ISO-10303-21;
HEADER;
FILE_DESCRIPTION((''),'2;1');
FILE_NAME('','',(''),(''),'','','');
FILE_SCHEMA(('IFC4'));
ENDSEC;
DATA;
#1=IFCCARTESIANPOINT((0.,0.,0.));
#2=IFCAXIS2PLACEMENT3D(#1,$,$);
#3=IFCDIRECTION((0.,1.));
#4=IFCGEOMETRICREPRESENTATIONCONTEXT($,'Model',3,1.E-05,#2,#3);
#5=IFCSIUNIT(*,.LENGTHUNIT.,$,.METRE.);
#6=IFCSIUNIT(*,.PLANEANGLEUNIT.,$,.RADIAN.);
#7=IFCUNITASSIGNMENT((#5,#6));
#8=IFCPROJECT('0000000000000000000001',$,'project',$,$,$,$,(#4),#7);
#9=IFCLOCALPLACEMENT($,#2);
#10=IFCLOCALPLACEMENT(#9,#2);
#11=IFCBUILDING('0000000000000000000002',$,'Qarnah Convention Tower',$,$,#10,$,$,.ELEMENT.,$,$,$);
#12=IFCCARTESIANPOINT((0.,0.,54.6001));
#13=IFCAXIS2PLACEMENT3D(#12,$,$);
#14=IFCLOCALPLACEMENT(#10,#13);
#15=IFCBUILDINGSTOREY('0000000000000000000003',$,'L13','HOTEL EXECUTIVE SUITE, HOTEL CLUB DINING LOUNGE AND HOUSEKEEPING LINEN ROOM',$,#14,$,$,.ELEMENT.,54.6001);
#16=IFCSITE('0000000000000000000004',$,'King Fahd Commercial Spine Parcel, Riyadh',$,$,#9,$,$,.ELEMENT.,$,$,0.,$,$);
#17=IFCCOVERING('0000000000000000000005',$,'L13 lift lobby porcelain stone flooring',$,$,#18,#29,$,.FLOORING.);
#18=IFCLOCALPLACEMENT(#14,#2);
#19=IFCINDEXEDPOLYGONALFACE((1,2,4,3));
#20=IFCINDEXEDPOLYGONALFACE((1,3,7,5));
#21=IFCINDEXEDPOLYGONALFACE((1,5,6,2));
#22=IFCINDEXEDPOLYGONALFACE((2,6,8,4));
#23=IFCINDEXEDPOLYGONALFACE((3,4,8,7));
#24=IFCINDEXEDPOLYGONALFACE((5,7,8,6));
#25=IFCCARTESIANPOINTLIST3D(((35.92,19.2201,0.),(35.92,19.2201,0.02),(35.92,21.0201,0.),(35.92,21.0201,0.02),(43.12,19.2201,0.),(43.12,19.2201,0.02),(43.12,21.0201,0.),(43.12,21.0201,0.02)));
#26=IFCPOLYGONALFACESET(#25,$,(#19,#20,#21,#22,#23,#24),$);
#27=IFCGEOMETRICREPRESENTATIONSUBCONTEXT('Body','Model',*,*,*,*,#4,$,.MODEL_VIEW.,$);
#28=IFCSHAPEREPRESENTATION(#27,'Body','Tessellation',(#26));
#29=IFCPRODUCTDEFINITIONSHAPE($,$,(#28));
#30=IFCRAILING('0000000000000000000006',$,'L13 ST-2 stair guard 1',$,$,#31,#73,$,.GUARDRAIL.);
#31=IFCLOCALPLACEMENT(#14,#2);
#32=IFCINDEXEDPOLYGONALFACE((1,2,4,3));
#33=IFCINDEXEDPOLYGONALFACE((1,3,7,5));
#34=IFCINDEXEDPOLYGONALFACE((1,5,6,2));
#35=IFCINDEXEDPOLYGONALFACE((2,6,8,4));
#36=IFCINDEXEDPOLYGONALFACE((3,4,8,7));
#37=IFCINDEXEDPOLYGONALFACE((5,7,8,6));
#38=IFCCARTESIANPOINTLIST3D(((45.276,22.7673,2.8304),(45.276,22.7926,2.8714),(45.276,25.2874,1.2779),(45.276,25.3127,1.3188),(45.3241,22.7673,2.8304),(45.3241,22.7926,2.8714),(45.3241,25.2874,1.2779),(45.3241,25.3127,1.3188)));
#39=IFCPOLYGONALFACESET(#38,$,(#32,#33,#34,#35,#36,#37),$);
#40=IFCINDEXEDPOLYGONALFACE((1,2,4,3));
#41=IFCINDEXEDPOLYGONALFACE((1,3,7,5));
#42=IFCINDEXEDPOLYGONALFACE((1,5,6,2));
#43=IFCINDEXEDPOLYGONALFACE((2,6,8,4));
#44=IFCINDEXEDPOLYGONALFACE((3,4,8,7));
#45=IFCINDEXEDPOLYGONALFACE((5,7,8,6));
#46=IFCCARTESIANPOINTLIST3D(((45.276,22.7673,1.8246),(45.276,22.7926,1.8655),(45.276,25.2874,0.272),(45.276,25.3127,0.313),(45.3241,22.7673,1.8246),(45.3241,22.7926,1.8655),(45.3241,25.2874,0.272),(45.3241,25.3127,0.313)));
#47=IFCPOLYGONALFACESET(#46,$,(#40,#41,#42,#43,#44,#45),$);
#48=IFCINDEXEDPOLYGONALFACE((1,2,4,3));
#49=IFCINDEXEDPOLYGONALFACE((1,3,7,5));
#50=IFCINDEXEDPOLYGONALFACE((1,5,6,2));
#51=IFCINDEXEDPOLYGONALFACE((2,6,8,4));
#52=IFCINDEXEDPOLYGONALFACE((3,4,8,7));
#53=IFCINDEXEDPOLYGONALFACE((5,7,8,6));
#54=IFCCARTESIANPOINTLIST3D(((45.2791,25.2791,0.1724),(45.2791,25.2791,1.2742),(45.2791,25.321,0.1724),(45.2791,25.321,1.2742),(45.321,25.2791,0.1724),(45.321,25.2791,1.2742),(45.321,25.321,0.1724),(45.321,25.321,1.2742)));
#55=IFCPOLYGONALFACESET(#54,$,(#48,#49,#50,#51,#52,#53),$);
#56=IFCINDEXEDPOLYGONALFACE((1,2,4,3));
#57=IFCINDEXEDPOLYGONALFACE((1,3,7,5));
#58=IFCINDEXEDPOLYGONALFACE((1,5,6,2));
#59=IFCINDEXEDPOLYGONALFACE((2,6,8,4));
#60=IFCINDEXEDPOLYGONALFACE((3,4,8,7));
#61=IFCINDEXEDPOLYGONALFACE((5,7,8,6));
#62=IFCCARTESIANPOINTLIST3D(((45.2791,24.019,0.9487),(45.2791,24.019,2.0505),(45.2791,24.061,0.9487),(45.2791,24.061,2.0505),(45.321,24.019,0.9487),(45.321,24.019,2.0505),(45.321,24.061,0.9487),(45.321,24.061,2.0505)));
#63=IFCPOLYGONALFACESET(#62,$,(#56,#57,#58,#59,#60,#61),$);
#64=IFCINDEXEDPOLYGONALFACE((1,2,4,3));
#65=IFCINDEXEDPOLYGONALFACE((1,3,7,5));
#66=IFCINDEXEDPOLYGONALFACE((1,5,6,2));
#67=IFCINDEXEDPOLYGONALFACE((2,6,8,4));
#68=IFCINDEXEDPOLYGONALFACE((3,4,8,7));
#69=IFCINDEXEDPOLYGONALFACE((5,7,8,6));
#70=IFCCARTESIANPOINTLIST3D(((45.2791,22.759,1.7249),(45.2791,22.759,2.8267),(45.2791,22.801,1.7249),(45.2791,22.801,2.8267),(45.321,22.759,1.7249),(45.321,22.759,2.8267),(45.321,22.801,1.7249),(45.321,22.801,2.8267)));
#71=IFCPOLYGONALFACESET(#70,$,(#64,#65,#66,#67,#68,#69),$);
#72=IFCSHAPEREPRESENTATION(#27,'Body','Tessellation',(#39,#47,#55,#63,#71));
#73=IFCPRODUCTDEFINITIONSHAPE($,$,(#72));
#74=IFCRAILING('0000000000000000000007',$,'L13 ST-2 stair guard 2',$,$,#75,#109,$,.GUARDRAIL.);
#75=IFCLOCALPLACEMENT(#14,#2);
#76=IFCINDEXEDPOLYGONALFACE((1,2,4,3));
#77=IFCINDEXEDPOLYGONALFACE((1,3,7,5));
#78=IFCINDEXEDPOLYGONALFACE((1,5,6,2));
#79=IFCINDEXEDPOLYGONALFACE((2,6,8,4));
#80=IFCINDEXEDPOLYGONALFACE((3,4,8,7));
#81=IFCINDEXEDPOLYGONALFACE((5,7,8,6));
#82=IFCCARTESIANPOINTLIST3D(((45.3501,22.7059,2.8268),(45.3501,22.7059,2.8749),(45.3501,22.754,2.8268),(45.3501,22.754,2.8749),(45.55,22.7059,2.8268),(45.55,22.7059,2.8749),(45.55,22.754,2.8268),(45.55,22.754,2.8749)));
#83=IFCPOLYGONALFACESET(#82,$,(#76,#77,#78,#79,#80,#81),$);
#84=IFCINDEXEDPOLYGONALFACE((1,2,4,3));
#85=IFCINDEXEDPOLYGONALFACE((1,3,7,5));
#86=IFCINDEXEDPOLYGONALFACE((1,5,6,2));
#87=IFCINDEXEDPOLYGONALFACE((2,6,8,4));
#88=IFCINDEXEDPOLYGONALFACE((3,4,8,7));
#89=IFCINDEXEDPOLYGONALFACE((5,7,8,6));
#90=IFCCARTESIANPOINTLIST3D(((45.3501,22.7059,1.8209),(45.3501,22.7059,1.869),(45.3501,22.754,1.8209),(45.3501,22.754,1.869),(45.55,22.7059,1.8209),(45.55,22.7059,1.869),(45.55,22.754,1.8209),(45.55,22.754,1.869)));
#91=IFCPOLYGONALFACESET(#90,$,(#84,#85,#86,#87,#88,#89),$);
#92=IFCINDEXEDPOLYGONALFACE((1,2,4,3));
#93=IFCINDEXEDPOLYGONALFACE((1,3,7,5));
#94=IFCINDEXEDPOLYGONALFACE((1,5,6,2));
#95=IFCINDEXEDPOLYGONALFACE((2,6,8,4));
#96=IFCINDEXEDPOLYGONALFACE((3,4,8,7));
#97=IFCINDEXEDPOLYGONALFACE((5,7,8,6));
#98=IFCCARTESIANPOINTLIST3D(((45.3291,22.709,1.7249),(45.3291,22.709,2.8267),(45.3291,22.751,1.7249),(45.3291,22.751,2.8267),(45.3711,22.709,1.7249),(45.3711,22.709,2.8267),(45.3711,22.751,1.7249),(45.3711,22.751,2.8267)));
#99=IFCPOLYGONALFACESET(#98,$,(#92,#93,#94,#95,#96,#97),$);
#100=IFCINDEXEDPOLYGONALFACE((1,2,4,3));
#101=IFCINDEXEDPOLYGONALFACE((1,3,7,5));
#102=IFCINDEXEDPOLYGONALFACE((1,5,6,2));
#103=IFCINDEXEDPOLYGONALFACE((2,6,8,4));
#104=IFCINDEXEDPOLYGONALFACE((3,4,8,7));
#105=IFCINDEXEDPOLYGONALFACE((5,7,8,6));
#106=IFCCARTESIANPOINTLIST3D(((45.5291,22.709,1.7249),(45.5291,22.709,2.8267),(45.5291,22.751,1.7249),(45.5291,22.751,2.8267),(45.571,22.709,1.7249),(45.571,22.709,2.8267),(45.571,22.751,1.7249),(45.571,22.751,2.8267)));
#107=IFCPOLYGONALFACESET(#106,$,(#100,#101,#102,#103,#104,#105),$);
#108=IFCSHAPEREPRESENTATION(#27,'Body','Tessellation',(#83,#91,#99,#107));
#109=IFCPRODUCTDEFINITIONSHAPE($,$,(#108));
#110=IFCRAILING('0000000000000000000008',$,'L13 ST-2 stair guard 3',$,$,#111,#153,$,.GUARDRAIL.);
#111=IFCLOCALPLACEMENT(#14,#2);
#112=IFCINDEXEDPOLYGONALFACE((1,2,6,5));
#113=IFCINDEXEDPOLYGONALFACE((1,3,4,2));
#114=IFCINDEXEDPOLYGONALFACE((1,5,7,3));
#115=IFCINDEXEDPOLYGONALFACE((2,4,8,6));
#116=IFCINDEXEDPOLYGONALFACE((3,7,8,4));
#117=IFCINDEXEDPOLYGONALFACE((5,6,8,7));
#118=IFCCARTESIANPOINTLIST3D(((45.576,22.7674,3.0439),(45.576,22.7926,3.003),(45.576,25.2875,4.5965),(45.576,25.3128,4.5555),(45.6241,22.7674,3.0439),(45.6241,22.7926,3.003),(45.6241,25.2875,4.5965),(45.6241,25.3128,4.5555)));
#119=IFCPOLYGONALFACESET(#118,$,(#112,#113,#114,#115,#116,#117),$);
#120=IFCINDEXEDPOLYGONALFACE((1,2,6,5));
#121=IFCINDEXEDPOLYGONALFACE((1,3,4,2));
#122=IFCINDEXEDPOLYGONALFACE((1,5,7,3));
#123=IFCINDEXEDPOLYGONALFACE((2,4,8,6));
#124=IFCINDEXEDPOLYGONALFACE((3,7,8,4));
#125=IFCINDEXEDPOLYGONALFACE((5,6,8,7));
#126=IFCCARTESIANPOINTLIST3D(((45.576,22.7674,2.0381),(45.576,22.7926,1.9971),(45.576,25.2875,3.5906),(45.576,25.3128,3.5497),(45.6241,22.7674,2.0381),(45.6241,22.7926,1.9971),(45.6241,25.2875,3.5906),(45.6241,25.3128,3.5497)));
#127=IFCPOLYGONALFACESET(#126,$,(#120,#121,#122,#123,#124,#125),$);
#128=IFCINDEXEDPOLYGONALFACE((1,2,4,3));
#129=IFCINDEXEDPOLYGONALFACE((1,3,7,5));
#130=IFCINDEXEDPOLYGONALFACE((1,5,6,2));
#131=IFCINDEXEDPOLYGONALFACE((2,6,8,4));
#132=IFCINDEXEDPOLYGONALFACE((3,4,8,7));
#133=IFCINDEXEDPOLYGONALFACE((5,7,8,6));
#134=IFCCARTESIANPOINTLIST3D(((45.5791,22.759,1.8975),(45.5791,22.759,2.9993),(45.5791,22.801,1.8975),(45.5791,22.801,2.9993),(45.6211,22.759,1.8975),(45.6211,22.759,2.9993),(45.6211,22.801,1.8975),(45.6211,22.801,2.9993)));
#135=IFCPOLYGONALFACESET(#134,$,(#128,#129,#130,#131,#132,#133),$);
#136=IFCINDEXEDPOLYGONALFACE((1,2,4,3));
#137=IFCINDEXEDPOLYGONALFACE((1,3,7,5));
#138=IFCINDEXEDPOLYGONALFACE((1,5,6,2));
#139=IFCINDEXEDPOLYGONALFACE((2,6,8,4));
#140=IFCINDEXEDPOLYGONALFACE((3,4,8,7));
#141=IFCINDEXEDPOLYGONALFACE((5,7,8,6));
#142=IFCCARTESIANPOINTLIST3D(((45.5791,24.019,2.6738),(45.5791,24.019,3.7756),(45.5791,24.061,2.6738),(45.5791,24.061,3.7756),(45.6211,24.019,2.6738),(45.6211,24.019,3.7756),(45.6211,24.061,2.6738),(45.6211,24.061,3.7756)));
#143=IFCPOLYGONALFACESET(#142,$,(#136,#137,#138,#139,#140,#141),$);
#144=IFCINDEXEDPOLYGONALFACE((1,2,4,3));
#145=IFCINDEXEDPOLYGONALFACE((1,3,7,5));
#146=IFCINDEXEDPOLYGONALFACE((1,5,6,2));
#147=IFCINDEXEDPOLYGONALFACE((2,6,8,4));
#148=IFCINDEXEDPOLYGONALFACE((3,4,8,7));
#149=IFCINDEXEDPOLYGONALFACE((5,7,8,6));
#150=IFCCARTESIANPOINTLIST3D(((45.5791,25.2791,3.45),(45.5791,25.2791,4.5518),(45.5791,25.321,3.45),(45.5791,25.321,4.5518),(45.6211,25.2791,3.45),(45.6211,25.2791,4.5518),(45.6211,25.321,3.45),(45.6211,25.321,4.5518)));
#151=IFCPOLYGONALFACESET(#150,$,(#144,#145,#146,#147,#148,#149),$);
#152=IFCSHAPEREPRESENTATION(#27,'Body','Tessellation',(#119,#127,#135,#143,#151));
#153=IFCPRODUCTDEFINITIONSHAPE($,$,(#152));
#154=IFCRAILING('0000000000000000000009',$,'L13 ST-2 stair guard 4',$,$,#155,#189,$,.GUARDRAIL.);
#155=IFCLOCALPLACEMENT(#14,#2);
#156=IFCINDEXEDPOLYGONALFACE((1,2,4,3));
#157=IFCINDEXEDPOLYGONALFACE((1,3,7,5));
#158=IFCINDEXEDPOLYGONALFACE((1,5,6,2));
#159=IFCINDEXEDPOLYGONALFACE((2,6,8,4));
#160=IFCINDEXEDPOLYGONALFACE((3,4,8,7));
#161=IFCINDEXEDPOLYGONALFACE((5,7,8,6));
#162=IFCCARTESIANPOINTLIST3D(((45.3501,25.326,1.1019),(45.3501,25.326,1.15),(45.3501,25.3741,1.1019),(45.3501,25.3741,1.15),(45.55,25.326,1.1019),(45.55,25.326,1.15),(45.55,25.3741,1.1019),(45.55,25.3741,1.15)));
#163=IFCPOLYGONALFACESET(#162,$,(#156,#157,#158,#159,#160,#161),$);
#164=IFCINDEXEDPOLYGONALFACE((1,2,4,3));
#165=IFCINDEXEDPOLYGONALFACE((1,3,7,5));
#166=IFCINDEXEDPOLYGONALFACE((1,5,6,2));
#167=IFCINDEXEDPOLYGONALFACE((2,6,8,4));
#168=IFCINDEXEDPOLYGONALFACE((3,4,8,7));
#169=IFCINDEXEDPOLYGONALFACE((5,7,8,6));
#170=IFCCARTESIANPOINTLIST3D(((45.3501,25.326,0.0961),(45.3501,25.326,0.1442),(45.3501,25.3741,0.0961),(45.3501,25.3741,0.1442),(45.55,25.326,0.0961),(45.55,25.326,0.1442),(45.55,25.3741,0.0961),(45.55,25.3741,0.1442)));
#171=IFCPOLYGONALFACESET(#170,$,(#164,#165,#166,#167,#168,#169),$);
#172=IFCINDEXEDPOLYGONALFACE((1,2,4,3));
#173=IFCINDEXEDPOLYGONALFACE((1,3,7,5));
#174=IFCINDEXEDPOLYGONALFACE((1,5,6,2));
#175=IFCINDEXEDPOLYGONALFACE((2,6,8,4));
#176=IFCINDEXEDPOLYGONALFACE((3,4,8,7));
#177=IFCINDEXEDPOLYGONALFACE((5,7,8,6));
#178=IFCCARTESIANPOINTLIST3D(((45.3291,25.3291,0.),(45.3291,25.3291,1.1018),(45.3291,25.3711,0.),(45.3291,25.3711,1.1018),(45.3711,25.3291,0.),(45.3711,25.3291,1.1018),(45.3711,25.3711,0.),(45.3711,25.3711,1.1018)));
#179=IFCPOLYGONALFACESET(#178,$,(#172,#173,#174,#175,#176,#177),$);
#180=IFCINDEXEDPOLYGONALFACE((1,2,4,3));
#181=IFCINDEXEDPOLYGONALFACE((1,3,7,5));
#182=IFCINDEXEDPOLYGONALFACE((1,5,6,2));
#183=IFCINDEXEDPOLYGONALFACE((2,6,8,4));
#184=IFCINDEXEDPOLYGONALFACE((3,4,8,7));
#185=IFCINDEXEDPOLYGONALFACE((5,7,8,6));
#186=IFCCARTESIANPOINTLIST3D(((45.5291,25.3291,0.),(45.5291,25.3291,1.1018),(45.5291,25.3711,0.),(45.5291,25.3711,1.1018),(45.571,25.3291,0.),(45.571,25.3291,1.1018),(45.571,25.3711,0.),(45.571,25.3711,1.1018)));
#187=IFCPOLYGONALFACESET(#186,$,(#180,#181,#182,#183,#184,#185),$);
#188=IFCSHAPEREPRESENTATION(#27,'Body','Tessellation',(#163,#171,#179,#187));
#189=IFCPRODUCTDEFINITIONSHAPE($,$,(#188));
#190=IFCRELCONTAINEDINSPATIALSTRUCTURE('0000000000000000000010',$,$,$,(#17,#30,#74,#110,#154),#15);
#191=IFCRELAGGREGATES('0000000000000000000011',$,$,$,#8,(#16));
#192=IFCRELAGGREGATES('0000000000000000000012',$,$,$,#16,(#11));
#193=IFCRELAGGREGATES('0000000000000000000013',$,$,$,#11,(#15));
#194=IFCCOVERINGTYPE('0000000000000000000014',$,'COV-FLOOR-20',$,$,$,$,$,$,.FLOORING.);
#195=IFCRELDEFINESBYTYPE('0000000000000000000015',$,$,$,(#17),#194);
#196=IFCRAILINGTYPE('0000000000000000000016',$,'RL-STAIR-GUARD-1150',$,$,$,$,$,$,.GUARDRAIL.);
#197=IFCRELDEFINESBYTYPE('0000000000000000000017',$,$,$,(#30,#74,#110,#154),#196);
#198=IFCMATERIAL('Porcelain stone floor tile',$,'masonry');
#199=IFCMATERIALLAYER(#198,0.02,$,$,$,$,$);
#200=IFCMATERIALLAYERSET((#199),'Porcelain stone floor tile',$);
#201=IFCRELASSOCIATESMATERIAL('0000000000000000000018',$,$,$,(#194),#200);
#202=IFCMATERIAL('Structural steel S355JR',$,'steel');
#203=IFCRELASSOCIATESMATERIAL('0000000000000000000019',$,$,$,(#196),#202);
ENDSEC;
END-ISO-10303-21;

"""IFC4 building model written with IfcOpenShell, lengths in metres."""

from ifc_helpers import new_model, si_unit, direction, frame, origin, origin_2d, place, context, subcontext, project, spatial, rectangle, extrude, material, layer, layer_set, type_object, element, save


model = new_model("IFC4")

# Units and contexts
model_context = context("Model", 3, precision=1e-05, world=origin(), true_north=direction((0.0, 1.0)))
body_context = subcontext(model_context, "Body", "Model", "MODEL_VIEW")
ifc_project = project(units=[si_unit("LENGTHUNIT", "METRE"), si_unit("PLANEANGLEUNIT", "RADIAN")], contexts=[model_context])

# Site, building, storey
site_placement = place(None, origin())
site = spatial("IfcSite", under=ifc_project, at=site_placement, Name="King Fahd Commercial Spine Parcel, Riyadh", CompositionType="ELEMENT", RefElevation=0.0)
building_placement = place(site_placement, origin())
building = spatial("IfcBuilding", under=site, at=building_placement, Name="Qarnah Convention Tower", CompositionType="ELEMENT")
storey_placement = place(building_placement, frame((0.0, 0.0, 54.6001)))
storey = spatial("IfcBuildingStorey", under=building, at=storey_placement, Name="L13", Description="HOTEL EXECUTIVE SUITE, HOTEL CLUB DINING LOUNGE AND HOUSEKEEPING LINEN ROOM", CompositionType="ELEMENT", Elevation=54.6001)

# Shared definitions
ifc_material_1 = material(Name="Structural steel S355JR", Category="steel")

# Covering
ifc_material_2 = material(Name="Porcelain stone floor tile", Category="masonry")
ifc_layer_1 = layer(ifc_material_2, 0.02)
ifc_layer_set_1 = layer_set([ifc_layer_1], Name="Porcelain stone floor tile")
covering_type_1 = type_object("IfcCoveringType", Name="COV-FLOOR-20", PredefinedType="FLOORING", material=ifc_layer_set_1)
covering_1_placement = place(storey_placement, frame((39.52, 20.1201, 0.0), z_axis=(0.0, 0.0, 1.0), x_axis=(1.0, 0.0, 0.0)))
element("IfcCovering", 1, at=covering_1_placement, inside=storey, type_object=covering_type_1, Name="L13 lift lobby porcelain stone flooring", PredefinedType="FLOORING", context=body_context, shape_type="SweptSolid", body=[
    extrude(rectangle(XDim=7.2, YDim=1.8, at=origin_2d()), origin(), (0.0, 0.0, 1.0), 0.02),
])

# Railings
railing_type_1 = type_object("IfcRailingType", Name="RL-STAIR-GUARD-1150", PredefinedType="GUARDRAIL", material=ifc_material_1)
railing_1_placement = place(storey_placement, frame((45.3, 25.3, 0.1724)))
element("IfcRailing", 2, at=railing_1_placement, inside=storey, type_object=railing_type_1, Name="L13 ST-2 stair guard 1", PredefinedType="GUARDRAIL", context=body_context, shape_type="SweptSolid", body=[
    extrude(rectangle(XDim=0.0481, YDim=0.0481, at=origin_2d()), frame((0.0, 0.0, 1.126), z_axis=(0.0, -0.8514, 0.524516), x_axis=(1.0, 0.0, 0.0)), (0.0, 0.0, 1.0), 2.96),
    extrude(rectangle(XDim=0.0481, YDim=0.0481, at=origin_2d()), frame((0.0, 0.0, 0.1201), z_axis=(0.0, -0.8514, 0.524516), x_axis=(1.0, 0.0, 0.0)), (0.0, 0.0, 1.0), 2.96),
    extrude(rectangle(XDim=0.042, YDim=0.042, at=origin_2d()), origin(), (0.0, 0.0, 1.0), 1.1018),
    extrude(rectangle(XDim=0.042, YDim=0.042, at=origin_2d()), frame((0.0, -1.26, 0.7764)), (0.0, 0.0, 1.0), 1.1018),
    extrude(rectangle(XDim=0.042, YDim=0.042, at=origin_2d()), frame((0.0, -2.52, 1.5525)), (0.0, 0.0, 1.0), 1.1018),
])
railing_2_placement = place(storey_placement, frame((45.3501, 22.73, 1.7249)))
element("IfcRailing", 3, at=railing_2_placement, inside=storey, type_object=railing_type_1, Name="L13 ST-2 stair guard 2", PredefinedType="GUARDRAIL", context=body_context, shape_type="SweptSolid", body=[
    extrude(rectangle(XDim=0.0481, YDim=0.0481, at=origin_2d()), frame((0.0, 0.0, 1.126), z_axis=(1.0, 0.0, 0.0), x_axis=(0.0, 1.0, 0.0)), (0.0, 0.0, 1.0), 0.2),
    extrude(rectangle(XDim=0.0481, YDim=0.0481, at=origin_2d()), frame((0.0, 0.0, 0.1201), z_axis=(1.0, 0.0, 0.0), x_axis=(0.0, 1.0, 0.0)), (0.0, 0.0, 1.0), 0.2),
    extrude(rectangle(XDim=0.042, YDim=0.042, at=origin_2d()), origin(), (0.0, 0.0, 1.0), 1.1018),
    extrude(rectangle(XDim=0.042, YDim=0.042, at=origin_2d()), frame((0.2, 0.0, 0.0)), (0.0, 0.0, 1.0), 1.1018),
])
railing_3_placement = place(storey_placement, frame((45.6001, 22.78, 1.8975)))
element("IfcRailing", 4, at=railing_3_placement, inside=storey, type_object=railing_type_1, Name="L13 ST-2 stair guard 3", PredefinedType="GUARDRAIL", context=body_context, shape_type="SweptSolid", body=[
    extrude(rectangle(XDim=0.0481, YDim=0.0481, at=origin_2d()), frame((0.0, 0.0, 1.126), z_axis=(0.0, 0.8514, 0.524516), x_axis=(-1.0, 0.0, 0.0)), (0.0, 0.0, 1.0), 2.96),
    extrude(rectangle(XDim=0.0481, YDim=0.0481, at=origin_2d()), frame((0.0, 0.0, 0.1201), z_axis=(0.0, 0.8514, 0.524516), x_axis=(-1.0, 0.0, 0.0)), (0.0, 0.0, 1.0), 2.96),
    extrude(rectangle(XDim=0.042, YDim=0.042, at=origin_2d()), origin(), (0.0, 0.0, 1.0), 1.1018),
    extrude(rectangle(XDim=0.042, YDim=0.042, at=origin_2d()), frame((0.0, 1.26, 0.7764)), (0.0, 0.0, 1.0), 1.1018),
    extrude(rectangle(XDim=0.042, YDim=0.042, at=origin_2d()), frame((0.0, 2.52, 1.5525)), (0.0, 0.0, 1.0), 1.1018),
])
railing_4_placement = place(storey_placement, frame((45.3501, 25.3501, 0.0)))
element("IfcRailing", 5, at=railing_4_placement, inside=storey, type_object=railing_type_1, Name="L13 ST-2 stair guard 4", PredefinedType="GUARDRAIL", context=body_context, shape_type="SweptSolid", body=[
    extrude(rectangle(XDim=0.0481, YDim=0.0481, at=origin_2d()), frame((0.0, 0.0, 1.126), z_axis=(1.0, 0.0, 0.0), x_axis=(0.0, 1.0, 0.0)), (0.0, 0.0, 1.0), 0.2),
    extrude(rectangle(XDim=0.0481, YDim=0.0481, at=origin_2d()), frame((0.0, 0.0, 0.1201), z_axis=(1.0, 0.0, 0.0), x_axis=(0.0, 1.0, 0.0)), (0.0, 0.0, 1.0), 0.2),
    extrude(rectangle(XDim=0.042, YDim=0.042, at=origin_2d()), origin(), (0.0, 0.0, 1.0), 1.1018),
    extrude(rectangle(XDim=0.042, YDim=0.042, at=origin_2d()), frame((0.2, 0.0, 0.0)), (0.0, 0.0, 1.0), 1.1018),
])

save(model, "model.ifc")
